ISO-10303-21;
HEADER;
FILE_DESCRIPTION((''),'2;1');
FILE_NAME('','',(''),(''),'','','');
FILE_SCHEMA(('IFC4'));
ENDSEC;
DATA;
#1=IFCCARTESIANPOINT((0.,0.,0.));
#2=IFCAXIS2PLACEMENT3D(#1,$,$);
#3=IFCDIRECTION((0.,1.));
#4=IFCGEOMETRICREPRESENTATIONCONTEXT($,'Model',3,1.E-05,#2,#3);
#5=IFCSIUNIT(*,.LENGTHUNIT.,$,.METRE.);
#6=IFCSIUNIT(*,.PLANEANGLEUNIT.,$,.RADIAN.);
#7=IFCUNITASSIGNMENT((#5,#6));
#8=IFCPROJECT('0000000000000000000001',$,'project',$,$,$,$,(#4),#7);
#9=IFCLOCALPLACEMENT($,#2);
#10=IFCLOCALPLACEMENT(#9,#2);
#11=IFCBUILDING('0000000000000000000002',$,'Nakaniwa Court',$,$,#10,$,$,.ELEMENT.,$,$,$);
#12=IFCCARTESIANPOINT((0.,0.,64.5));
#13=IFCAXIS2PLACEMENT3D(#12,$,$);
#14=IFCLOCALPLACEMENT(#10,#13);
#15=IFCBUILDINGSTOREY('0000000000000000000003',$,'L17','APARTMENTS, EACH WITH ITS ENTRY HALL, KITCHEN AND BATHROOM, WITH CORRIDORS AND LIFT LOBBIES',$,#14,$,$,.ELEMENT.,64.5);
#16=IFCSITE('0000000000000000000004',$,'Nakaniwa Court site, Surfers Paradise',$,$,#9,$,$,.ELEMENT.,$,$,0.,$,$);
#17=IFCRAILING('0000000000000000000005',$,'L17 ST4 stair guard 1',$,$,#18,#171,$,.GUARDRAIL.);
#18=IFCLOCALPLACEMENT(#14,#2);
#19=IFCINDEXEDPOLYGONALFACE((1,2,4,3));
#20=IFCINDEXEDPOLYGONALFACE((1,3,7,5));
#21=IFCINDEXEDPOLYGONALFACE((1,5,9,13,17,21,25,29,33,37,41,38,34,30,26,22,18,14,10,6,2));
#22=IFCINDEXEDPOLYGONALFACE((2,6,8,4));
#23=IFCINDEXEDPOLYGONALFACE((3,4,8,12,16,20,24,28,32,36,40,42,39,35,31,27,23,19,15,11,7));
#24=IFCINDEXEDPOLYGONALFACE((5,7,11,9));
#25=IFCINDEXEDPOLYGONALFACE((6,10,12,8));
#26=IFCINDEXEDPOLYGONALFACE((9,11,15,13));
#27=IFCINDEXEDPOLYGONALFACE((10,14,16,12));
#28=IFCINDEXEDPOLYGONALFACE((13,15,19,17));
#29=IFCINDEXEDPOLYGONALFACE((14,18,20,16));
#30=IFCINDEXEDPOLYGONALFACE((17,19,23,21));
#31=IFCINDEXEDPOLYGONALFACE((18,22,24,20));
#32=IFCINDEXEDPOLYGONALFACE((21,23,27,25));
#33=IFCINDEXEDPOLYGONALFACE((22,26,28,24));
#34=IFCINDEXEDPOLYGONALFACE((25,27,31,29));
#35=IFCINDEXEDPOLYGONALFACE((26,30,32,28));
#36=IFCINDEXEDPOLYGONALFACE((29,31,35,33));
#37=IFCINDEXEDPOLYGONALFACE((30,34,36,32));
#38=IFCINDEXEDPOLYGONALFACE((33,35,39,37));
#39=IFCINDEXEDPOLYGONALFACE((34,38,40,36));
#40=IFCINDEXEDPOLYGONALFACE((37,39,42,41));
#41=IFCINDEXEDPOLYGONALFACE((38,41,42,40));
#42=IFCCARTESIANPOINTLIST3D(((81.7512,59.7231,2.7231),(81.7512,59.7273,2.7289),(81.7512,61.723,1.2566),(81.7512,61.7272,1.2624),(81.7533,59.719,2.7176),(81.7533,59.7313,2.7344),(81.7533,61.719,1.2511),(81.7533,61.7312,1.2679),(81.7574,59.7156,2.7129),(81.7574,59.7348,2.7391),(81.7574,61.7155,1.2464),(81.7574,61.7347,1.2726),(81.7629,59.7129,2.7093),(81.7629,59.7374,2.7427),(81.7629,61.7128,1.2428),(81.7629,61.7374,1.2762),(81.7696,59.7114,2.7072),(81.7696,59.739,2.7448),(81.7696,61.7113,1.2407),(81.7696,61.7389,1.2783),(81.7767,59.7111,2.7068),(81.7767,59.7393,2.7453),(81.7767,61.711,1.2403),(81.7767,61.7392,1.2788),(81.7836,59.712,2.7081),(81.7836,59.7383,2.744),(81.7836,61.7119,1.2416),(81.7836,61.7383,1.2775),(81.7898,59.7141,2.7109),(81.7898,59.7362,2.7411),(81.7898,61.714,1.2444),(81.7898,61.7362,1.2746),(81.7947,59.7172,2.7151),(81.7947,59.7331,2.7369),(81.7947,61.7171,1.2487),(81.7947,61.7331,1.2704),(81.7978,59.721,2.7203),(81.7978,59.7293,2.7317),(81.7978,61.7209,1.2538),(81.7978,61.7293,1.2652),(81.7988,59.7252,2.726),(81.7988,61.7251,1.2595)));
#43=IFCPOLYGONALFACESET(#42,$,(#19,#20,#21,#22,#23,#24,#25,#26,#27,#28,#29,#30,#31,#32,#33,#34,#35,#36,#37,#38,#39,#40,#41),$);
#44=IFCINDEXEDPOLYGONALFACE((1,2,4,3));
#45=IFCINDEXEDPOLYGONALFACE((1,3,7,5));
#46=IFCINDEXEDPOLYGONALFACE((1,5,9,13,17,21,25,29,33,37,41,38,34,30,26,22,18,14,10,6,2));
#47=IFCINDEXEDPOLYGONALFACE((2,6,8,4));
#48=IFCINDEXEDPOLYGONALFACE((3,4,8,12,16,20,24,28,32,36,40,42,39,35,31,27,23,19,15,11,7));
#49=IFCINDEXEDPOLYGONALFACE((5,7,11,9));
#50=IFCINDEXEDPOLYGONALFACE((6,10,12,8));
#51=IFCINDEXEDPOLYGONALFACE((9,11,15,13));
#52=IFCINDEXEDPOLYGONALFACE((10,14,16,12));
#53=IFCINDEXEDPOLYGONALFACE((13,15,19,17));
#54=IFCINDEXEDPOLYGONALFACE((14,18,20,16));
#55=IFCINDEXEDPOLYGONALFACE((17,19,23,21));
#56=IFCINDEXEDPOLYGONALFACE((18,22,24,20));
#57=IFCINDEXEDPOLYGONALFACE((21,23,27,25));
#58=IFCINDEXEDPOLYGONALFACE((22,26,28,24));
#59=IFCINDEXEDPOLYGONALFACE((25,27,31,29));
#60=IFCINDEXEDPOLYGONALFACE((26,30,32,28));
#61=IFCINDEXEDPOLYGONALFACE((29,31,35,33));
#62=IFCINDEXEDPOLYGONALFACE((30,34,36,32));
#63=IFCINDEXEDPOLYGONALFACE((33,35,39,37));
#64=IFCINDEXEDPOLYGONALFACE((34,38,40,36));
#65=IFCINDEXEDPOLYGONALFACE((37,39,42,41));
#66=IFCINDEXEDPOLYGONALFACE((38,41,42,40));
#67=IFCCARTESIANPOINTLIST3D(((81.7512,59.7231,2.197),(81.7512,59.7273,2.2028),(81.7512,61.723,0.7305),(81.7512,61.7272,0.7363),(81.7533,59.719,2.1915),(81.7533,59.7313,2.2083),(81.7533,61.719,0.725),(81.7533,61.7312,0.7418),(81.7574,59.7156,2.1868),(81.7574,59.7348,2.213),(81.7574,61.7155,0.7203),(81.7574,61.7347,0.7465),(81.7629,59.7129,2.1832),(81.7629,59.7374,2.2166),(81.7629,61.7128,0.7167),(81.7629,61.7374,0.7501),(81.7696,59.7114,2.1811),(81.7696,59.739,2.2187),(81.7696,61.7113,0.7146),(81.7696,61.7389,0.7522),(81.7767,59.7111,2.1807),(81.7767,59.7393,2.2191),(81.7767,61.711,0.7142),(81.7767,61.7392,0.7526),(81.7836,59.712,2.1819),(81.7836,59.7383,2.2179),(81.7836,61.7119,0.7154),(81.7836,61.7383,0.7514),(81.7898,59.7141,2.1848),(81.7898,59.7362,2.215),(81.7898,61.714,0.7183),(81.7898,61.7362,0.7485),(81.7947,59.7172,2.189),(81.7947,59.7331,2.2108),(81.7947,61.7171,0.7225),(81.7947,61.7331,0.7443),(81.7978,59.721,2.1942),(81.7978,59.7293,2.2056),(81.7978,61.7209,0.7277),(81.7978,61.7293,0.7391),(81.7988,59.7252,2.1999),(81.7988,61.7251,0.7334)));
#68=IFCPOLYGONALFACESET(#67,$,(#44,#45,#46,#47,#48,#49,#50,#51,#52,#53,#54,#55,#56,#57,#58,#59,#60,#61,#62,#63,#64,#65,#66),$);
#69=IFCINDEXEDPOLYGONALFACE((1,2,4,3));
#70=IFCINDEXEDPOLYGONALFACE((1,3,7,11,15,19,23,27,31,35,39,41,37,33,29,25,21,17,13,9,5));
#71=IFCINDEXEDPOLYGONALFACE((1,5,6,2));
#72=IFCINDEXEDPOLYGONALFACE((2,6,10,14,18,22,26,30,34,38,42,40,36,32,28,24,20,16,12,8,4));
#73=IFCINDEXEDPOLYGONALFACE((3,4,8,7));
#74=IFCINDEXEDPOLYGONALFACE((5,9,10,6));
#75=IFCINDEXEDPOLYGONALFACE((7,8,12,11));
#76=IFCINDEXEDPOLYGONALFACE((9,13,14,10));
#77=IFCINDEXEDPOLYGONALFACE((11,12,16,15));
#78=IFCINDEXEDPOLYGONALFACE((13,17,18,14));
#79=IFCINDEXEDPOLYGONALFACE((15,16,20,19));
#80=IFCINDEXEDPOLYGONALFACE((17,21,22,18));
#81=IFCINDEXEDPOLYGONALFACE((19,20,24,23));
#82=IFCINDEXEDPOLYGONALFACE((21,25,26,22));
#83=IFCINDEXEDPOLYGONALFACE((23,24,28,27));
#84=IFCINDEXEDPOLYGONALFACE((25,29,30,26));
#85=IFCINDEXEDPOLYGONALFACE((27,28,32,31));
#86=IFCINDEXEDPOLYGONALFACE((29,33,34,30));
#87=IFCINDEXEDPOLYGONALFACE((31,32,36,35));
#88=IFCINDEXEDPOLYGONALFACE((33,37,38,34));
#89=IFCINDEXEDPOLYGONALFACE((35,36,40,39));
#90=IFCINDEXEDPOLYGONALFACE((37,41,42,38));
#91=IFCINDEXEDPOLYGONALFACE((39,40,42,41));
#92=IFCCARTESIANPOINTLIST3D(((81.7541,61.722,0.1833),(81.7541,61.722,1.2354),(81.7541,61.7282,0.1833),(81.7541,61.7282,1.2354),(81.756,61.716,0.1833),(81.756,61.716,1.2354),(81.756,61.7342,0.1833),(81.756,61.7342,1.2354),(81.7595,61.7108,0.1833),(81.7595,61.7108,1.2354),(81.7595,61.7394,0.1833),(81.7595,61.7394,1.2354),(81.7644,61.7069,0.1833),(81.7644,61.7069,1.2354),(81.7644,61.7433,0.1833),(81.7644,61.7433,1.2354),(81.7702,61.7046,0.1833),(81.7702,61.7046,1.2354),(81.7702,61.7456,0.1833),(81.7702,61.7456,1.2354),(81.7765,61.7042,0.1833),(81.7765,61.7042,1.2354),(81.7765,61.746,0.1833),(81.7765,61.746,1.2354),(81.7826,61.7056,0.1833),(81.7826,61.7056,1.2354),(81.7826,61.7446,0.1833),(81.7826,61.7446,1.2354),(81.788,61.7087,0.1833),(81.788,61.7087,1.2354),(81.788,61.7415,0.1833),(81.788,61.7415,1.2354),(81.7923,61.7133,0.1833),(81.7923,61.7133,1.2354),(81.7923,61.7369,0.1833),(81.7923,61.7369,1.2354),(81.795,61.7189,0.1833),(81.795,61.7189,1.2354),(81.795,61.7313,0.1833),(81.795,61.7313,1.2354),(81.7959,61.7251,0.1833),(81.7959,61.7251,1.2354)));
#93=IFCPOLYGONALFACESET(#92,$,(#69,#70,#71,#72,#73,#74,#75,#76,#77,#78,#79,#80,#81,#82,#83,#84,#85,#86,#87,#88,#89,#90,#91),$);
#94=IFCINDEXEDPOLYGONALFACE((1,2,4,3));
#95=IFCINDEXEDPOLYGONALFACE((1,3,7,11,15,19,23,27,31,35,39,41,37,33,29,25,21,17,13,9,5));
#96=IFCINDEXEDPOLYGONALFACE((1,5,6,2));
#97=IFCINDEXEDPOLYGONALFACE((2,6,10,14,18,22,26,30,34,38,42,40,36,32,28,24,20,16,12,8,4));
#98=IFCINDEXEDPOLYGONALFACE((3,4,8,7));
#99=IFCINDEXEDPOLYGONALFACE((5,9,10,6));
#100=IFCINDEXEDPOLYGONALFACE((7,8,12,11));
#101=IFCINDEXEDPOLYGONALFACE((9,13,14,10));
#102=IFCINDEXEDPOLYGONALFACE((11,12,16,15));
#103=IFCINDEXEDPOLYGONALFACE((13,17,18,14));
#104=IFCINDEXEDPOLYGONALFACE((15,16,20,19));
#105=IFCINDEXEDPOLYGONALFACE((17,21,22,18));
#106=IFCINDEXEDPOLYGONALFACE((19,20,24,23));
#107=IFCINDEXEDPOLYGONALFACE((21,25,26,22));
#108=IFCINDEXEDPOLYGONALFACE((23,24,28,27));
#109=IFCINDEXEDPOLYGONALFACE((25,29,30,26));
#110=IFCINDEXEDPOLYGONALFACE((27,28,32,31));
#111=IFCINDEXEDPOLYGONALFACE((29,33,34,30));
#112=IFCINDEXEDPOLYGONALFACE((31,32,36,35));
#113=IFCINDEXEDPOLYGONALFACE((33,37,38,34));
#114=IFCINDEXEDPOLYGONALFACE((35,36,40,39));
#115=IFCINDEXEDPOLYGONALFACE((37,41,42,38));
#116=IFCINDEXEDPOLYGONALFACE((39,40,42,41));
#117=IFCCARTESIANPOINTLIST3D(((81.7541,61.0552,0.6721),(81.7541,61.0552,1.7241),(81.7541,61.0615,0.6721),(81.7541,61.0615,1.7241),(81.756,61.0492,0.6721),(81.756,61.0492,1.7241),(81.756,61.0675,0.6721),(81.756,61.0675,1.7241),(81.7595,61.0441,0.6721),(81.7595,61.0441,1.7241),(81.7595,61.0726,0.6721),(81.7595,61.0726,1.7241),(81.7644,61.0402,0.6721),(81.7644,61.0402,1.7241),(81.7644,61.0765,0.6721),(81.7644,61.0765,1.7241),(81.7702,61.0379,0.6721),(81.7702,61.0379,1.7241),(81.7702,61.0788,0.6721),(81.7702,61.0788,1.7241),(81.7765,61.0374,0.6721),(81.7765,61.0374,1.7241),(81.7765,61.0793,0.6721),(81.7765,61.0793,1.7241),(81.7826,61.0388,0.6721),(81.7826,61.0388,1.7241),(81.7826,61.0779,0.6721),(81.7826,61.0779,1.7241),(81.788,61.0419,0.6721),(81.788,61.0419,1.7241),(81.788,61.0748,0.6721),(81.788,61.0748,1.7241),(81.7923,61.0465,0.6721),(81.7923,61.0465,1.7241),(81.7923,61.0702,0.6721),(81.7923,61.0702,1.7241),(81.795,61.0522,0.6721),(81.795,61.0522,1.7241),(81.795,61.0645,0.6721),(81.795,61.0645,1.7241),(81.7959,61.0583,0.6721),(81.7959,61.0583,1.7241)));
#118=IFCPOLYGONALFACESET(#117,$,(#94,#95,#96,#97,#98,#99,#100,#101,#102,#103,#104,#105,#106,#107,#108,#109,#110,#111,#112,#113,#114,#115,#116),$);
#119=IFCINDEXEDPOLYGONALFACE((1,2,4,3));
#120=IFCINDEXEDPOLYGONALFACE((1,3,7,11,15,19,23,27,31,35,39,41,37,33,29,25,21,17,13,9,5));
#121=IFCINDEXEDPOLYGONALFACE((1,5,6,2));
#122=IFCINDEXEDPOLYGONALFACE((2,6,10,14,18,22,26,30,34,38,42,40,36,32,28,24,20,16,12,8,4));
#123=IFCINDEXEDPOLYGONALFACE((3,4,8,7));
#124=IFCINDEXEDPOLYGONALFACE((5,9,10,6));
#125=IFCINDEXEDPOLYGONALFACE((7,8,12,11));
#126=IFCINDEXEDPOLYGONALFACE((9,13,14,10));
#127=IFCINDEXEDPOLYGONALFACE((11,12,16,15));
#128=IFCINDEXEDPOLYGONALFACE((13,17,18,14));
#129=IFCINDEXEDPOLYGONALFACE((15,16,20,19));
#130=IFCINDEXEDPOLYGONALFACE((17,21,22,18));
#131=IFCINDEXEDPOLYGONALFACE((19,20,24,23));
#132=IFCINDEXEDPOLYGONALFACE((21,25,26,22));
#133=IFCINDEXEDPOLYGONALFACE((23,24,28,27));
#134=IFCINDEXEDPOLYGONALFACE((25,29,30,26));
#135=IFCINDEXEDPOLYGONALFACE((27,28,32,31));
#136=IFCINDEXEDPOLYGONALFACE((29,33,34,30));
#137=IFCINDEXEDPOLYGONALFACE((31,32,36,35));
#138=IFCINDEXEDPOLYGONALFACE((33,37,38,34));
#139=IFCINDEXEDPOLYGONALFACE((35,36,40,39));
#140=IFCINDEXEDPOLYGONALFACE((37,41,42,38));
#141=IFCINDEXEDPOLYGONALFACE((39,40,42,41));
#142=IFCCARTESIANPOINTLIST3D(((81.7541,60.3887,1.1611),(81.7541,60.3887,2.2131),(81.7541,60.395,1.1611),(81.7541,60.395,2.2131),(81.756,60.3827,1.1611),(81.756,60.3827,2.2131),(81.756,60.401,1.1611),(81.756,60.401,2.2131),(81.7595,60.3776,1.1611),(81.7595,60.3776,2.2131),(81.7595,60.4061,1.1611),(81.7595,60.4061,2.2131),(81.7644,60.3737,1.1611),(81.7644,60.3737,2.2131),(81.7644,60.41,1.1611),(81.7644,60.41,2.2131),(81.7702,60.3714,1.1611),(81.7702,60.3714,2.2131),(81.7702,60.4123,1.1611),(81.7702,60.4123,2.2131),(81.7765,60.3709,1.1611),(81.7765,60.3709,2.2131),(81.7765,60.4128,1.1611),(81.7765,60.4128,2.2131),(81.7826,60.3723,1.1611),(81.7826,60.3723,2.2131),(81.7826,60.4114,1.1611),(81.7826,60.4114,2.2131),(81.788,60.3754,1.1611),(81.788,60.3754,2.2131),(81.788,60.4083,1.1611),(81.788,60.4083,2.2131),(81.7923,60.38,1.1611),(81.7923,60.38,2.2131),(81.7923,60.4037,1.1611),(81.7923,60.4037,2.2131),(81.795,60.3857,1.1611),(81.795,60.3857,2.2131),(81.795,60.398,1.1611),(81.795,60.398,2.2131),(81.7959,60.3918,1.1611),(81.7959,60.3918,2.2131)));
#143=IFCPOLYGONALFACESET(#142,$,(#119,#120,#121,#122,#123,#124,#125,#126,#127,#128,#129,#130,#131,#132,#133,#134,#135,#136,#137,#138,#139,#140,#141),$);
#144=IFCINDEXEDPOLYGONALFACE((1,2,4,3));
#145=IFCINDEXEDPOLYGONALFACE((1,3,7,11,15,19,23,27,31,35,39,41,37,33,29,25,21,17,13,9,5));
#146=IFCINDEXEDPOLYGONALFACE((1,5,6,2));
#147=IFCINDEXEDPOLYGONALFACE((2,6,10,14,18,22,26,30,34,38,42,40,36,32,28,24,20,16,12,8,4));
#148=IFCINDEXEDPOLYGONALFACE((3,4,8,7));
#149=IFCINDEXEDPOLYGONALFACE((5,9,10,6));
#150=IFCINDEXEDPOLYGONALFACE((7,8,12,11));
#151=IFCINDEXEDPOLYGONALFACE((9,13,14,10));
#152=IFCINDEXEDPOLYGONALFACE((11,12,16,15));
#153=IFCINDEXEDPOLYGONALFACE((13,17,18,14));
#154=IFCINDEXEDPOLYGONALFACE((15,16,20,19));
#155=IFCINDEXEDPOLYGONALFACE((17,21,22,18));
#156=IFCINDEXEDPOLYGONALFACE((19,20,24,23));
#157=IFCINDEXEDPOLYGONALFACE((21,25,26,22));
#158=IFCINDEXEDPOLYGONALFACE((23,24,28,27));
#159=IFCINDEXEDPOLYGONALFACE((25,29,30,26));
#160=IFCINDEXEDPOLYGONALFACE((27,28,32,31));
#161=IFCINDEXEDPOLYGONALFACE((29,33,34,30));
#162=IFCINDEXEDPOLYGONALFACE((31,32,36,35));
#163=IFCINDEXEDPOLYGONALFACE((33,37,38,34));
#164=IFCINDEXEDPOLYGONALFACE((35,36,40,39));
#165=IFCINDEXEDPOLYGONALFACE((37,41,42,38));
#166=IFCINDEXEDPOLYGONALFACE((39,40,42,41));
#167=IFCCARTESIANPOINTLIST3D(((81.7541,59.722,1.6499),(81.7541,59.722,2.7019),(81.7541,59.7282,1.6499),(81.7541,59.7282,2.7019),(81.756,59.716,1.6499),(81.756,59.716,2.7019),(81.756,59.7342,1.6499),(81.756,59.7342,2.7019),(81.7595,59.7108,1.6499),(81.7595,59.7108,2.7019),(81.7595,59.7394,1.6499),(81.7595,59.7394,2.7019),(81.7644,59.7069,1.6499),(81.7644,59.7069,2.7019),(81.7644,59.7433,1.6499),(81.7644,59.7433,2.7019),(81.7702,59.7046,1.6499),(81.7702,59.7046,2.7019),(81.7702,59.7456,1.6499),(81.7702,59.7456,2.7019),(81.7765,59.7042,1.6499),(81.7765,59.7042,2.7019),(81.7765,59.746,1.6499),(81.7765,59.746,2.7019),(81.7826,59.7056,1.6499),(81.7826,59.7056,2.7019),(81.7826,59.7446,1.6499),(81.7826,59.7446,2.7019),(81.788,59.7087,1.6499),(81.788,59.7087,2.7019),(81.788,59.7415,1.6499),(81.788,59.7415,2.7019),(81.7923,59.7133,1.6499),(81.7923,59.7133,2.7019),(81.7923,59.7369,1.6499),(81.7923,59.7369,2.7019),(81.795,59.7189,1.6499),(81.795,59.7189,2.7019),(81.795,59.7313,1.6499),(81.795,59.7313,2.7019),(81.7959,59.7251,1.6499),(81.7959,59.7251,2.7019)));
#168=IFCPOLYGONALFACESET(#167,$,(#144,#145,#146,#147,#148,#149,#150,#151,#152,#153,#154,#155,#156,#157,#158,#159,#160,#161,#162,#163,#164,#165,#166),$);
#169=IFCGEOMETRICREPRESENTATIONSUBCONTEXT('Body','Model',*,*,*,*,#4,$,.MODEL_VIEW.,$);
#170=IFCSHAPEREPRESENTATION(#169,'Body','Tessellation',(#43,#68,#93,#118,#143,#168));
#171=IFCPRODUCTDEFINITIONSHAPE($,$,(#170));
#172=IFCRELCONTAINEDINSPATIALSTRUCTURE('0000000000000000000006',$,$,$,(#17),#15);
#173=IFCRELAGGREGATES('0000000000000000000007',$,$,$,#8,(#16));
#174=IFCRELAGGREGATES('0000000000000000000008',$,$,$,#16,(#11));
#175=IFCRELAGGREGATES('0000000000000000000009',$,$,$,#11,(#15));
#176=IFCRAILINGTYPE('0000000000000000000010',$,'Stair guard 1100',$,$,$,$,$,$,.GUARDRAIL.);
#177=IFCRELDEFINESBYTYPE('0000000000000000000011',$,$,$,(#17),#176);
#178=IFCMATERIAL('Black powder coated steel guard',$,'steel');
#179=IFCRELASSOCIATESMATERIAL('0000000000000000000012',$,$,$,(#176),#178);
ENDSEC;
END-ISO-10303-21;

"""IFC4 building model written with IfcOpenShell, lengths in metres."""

from ifc_helpers import new_model, si_unit, direction, frame, origin, origin_2d, place, context, subcontext, project, spatial, circle, extrude, material, type_object, element, save


model = new_model("IFC4")

# Units and contexts
model_context = context("Model", 3, precision=1e-05, world=origin(), true_north=direction((0.0, 1.0)))
body_context = subcontext(model_context, "Body", "Model", "MODEL_VIEW")
ifc_project = project(units=[si_unit("LENGTHUNIT", "METRE"), si_unit("PLANEANGLEUNIT", "RADIAN")], contexts=[model_context])

# Site, building, storey
site_placement = place(None, origin())
site = spatial("IfcSite", under=ifc_project, at=site_placement, Name="Nakaniwa Court site, Surfers Paradise", CompositionType="ELEMENT", RefElevation=0.0)
building_placement = place(site_placement, origin())
building = spatial("IfcBuilding", under=site, at=building_placement, Name="Nakaniwa Court", CompositionType="ELEMENT")
storey_placement = place(building_placement, frame((0.0, 0.0, 64.5)))
storey = spatial("IfcBuildingStorey", under=building, at=storey_placement, Name="L17", Description="APARTMENTS, EACH WITH ITS ENTRY HALL, KITCHEN AND BATHROOM, WITH CORRIDORS AND LIFT LOBBIES", CompositionType="ELEMENT", Elevation=64.5)

# Railing
ifc_material_1 = material(Name="Black powder coated steel guard", Category="steel")
railing_type_1 = type_object("IfcRailingType", Name="Stair guard 1100", PredefinedType="GUARDRAIL", material=ifc_material_1)
railing_1_placement = place(storey_placement, frame((81.7749, 61.7251, 0.1833)))
element("IfcRailing", 1, at=railing_1_placement, inside=storey, type_object=railing_type_1, Name="L17 ST4 stair guard 1", PredefinedType="GUARDRAIL", context=body_context, shape_type="SweptSolid", body=[
    extrude(circle(Radius=0.0239, at=origin_2d()), frame((0.0, 0.0, 1.0762), z_axis=(0.0, -0.806427, 0.591334), x_axis=(1.0, 0.0, 0.0)), (0.0, 0.0, 1.0), 2.48),
    extrude(circle(Radius=0.0239, at=origin_2d()), frame((0.0, 0.0, 0.55), z_axis=(0.0, -0.806427, 0.591334), x_axis=(1.0, 0.0, 0.0)), (0.0, 0.0, 1.0), 2.48),
    extrude(circle(Radius=0.021, at=origin_2d()), origin(), (0.0, 0.0, 1.0), 1.052),
    extrude(circle(Radius=0.021, at=origin_2d()), frame((0.0, -0.6667, 0.4888)), (0.0, 0.0, 1.0), 1.052),
    extrude(circle(Radius=0.021, at=origin_2d()), frame((0.0, -1.3333, 0.9778)), (0.0, 0.0, 1.0), 1.052),
    extrude(circle(Radius=0.021, at=origin_2d()), frame((0.0, -2.0, 1.4666)), (0.0, 0.0, 1.0), 1.052),
])

save(model, "model.ifc")
